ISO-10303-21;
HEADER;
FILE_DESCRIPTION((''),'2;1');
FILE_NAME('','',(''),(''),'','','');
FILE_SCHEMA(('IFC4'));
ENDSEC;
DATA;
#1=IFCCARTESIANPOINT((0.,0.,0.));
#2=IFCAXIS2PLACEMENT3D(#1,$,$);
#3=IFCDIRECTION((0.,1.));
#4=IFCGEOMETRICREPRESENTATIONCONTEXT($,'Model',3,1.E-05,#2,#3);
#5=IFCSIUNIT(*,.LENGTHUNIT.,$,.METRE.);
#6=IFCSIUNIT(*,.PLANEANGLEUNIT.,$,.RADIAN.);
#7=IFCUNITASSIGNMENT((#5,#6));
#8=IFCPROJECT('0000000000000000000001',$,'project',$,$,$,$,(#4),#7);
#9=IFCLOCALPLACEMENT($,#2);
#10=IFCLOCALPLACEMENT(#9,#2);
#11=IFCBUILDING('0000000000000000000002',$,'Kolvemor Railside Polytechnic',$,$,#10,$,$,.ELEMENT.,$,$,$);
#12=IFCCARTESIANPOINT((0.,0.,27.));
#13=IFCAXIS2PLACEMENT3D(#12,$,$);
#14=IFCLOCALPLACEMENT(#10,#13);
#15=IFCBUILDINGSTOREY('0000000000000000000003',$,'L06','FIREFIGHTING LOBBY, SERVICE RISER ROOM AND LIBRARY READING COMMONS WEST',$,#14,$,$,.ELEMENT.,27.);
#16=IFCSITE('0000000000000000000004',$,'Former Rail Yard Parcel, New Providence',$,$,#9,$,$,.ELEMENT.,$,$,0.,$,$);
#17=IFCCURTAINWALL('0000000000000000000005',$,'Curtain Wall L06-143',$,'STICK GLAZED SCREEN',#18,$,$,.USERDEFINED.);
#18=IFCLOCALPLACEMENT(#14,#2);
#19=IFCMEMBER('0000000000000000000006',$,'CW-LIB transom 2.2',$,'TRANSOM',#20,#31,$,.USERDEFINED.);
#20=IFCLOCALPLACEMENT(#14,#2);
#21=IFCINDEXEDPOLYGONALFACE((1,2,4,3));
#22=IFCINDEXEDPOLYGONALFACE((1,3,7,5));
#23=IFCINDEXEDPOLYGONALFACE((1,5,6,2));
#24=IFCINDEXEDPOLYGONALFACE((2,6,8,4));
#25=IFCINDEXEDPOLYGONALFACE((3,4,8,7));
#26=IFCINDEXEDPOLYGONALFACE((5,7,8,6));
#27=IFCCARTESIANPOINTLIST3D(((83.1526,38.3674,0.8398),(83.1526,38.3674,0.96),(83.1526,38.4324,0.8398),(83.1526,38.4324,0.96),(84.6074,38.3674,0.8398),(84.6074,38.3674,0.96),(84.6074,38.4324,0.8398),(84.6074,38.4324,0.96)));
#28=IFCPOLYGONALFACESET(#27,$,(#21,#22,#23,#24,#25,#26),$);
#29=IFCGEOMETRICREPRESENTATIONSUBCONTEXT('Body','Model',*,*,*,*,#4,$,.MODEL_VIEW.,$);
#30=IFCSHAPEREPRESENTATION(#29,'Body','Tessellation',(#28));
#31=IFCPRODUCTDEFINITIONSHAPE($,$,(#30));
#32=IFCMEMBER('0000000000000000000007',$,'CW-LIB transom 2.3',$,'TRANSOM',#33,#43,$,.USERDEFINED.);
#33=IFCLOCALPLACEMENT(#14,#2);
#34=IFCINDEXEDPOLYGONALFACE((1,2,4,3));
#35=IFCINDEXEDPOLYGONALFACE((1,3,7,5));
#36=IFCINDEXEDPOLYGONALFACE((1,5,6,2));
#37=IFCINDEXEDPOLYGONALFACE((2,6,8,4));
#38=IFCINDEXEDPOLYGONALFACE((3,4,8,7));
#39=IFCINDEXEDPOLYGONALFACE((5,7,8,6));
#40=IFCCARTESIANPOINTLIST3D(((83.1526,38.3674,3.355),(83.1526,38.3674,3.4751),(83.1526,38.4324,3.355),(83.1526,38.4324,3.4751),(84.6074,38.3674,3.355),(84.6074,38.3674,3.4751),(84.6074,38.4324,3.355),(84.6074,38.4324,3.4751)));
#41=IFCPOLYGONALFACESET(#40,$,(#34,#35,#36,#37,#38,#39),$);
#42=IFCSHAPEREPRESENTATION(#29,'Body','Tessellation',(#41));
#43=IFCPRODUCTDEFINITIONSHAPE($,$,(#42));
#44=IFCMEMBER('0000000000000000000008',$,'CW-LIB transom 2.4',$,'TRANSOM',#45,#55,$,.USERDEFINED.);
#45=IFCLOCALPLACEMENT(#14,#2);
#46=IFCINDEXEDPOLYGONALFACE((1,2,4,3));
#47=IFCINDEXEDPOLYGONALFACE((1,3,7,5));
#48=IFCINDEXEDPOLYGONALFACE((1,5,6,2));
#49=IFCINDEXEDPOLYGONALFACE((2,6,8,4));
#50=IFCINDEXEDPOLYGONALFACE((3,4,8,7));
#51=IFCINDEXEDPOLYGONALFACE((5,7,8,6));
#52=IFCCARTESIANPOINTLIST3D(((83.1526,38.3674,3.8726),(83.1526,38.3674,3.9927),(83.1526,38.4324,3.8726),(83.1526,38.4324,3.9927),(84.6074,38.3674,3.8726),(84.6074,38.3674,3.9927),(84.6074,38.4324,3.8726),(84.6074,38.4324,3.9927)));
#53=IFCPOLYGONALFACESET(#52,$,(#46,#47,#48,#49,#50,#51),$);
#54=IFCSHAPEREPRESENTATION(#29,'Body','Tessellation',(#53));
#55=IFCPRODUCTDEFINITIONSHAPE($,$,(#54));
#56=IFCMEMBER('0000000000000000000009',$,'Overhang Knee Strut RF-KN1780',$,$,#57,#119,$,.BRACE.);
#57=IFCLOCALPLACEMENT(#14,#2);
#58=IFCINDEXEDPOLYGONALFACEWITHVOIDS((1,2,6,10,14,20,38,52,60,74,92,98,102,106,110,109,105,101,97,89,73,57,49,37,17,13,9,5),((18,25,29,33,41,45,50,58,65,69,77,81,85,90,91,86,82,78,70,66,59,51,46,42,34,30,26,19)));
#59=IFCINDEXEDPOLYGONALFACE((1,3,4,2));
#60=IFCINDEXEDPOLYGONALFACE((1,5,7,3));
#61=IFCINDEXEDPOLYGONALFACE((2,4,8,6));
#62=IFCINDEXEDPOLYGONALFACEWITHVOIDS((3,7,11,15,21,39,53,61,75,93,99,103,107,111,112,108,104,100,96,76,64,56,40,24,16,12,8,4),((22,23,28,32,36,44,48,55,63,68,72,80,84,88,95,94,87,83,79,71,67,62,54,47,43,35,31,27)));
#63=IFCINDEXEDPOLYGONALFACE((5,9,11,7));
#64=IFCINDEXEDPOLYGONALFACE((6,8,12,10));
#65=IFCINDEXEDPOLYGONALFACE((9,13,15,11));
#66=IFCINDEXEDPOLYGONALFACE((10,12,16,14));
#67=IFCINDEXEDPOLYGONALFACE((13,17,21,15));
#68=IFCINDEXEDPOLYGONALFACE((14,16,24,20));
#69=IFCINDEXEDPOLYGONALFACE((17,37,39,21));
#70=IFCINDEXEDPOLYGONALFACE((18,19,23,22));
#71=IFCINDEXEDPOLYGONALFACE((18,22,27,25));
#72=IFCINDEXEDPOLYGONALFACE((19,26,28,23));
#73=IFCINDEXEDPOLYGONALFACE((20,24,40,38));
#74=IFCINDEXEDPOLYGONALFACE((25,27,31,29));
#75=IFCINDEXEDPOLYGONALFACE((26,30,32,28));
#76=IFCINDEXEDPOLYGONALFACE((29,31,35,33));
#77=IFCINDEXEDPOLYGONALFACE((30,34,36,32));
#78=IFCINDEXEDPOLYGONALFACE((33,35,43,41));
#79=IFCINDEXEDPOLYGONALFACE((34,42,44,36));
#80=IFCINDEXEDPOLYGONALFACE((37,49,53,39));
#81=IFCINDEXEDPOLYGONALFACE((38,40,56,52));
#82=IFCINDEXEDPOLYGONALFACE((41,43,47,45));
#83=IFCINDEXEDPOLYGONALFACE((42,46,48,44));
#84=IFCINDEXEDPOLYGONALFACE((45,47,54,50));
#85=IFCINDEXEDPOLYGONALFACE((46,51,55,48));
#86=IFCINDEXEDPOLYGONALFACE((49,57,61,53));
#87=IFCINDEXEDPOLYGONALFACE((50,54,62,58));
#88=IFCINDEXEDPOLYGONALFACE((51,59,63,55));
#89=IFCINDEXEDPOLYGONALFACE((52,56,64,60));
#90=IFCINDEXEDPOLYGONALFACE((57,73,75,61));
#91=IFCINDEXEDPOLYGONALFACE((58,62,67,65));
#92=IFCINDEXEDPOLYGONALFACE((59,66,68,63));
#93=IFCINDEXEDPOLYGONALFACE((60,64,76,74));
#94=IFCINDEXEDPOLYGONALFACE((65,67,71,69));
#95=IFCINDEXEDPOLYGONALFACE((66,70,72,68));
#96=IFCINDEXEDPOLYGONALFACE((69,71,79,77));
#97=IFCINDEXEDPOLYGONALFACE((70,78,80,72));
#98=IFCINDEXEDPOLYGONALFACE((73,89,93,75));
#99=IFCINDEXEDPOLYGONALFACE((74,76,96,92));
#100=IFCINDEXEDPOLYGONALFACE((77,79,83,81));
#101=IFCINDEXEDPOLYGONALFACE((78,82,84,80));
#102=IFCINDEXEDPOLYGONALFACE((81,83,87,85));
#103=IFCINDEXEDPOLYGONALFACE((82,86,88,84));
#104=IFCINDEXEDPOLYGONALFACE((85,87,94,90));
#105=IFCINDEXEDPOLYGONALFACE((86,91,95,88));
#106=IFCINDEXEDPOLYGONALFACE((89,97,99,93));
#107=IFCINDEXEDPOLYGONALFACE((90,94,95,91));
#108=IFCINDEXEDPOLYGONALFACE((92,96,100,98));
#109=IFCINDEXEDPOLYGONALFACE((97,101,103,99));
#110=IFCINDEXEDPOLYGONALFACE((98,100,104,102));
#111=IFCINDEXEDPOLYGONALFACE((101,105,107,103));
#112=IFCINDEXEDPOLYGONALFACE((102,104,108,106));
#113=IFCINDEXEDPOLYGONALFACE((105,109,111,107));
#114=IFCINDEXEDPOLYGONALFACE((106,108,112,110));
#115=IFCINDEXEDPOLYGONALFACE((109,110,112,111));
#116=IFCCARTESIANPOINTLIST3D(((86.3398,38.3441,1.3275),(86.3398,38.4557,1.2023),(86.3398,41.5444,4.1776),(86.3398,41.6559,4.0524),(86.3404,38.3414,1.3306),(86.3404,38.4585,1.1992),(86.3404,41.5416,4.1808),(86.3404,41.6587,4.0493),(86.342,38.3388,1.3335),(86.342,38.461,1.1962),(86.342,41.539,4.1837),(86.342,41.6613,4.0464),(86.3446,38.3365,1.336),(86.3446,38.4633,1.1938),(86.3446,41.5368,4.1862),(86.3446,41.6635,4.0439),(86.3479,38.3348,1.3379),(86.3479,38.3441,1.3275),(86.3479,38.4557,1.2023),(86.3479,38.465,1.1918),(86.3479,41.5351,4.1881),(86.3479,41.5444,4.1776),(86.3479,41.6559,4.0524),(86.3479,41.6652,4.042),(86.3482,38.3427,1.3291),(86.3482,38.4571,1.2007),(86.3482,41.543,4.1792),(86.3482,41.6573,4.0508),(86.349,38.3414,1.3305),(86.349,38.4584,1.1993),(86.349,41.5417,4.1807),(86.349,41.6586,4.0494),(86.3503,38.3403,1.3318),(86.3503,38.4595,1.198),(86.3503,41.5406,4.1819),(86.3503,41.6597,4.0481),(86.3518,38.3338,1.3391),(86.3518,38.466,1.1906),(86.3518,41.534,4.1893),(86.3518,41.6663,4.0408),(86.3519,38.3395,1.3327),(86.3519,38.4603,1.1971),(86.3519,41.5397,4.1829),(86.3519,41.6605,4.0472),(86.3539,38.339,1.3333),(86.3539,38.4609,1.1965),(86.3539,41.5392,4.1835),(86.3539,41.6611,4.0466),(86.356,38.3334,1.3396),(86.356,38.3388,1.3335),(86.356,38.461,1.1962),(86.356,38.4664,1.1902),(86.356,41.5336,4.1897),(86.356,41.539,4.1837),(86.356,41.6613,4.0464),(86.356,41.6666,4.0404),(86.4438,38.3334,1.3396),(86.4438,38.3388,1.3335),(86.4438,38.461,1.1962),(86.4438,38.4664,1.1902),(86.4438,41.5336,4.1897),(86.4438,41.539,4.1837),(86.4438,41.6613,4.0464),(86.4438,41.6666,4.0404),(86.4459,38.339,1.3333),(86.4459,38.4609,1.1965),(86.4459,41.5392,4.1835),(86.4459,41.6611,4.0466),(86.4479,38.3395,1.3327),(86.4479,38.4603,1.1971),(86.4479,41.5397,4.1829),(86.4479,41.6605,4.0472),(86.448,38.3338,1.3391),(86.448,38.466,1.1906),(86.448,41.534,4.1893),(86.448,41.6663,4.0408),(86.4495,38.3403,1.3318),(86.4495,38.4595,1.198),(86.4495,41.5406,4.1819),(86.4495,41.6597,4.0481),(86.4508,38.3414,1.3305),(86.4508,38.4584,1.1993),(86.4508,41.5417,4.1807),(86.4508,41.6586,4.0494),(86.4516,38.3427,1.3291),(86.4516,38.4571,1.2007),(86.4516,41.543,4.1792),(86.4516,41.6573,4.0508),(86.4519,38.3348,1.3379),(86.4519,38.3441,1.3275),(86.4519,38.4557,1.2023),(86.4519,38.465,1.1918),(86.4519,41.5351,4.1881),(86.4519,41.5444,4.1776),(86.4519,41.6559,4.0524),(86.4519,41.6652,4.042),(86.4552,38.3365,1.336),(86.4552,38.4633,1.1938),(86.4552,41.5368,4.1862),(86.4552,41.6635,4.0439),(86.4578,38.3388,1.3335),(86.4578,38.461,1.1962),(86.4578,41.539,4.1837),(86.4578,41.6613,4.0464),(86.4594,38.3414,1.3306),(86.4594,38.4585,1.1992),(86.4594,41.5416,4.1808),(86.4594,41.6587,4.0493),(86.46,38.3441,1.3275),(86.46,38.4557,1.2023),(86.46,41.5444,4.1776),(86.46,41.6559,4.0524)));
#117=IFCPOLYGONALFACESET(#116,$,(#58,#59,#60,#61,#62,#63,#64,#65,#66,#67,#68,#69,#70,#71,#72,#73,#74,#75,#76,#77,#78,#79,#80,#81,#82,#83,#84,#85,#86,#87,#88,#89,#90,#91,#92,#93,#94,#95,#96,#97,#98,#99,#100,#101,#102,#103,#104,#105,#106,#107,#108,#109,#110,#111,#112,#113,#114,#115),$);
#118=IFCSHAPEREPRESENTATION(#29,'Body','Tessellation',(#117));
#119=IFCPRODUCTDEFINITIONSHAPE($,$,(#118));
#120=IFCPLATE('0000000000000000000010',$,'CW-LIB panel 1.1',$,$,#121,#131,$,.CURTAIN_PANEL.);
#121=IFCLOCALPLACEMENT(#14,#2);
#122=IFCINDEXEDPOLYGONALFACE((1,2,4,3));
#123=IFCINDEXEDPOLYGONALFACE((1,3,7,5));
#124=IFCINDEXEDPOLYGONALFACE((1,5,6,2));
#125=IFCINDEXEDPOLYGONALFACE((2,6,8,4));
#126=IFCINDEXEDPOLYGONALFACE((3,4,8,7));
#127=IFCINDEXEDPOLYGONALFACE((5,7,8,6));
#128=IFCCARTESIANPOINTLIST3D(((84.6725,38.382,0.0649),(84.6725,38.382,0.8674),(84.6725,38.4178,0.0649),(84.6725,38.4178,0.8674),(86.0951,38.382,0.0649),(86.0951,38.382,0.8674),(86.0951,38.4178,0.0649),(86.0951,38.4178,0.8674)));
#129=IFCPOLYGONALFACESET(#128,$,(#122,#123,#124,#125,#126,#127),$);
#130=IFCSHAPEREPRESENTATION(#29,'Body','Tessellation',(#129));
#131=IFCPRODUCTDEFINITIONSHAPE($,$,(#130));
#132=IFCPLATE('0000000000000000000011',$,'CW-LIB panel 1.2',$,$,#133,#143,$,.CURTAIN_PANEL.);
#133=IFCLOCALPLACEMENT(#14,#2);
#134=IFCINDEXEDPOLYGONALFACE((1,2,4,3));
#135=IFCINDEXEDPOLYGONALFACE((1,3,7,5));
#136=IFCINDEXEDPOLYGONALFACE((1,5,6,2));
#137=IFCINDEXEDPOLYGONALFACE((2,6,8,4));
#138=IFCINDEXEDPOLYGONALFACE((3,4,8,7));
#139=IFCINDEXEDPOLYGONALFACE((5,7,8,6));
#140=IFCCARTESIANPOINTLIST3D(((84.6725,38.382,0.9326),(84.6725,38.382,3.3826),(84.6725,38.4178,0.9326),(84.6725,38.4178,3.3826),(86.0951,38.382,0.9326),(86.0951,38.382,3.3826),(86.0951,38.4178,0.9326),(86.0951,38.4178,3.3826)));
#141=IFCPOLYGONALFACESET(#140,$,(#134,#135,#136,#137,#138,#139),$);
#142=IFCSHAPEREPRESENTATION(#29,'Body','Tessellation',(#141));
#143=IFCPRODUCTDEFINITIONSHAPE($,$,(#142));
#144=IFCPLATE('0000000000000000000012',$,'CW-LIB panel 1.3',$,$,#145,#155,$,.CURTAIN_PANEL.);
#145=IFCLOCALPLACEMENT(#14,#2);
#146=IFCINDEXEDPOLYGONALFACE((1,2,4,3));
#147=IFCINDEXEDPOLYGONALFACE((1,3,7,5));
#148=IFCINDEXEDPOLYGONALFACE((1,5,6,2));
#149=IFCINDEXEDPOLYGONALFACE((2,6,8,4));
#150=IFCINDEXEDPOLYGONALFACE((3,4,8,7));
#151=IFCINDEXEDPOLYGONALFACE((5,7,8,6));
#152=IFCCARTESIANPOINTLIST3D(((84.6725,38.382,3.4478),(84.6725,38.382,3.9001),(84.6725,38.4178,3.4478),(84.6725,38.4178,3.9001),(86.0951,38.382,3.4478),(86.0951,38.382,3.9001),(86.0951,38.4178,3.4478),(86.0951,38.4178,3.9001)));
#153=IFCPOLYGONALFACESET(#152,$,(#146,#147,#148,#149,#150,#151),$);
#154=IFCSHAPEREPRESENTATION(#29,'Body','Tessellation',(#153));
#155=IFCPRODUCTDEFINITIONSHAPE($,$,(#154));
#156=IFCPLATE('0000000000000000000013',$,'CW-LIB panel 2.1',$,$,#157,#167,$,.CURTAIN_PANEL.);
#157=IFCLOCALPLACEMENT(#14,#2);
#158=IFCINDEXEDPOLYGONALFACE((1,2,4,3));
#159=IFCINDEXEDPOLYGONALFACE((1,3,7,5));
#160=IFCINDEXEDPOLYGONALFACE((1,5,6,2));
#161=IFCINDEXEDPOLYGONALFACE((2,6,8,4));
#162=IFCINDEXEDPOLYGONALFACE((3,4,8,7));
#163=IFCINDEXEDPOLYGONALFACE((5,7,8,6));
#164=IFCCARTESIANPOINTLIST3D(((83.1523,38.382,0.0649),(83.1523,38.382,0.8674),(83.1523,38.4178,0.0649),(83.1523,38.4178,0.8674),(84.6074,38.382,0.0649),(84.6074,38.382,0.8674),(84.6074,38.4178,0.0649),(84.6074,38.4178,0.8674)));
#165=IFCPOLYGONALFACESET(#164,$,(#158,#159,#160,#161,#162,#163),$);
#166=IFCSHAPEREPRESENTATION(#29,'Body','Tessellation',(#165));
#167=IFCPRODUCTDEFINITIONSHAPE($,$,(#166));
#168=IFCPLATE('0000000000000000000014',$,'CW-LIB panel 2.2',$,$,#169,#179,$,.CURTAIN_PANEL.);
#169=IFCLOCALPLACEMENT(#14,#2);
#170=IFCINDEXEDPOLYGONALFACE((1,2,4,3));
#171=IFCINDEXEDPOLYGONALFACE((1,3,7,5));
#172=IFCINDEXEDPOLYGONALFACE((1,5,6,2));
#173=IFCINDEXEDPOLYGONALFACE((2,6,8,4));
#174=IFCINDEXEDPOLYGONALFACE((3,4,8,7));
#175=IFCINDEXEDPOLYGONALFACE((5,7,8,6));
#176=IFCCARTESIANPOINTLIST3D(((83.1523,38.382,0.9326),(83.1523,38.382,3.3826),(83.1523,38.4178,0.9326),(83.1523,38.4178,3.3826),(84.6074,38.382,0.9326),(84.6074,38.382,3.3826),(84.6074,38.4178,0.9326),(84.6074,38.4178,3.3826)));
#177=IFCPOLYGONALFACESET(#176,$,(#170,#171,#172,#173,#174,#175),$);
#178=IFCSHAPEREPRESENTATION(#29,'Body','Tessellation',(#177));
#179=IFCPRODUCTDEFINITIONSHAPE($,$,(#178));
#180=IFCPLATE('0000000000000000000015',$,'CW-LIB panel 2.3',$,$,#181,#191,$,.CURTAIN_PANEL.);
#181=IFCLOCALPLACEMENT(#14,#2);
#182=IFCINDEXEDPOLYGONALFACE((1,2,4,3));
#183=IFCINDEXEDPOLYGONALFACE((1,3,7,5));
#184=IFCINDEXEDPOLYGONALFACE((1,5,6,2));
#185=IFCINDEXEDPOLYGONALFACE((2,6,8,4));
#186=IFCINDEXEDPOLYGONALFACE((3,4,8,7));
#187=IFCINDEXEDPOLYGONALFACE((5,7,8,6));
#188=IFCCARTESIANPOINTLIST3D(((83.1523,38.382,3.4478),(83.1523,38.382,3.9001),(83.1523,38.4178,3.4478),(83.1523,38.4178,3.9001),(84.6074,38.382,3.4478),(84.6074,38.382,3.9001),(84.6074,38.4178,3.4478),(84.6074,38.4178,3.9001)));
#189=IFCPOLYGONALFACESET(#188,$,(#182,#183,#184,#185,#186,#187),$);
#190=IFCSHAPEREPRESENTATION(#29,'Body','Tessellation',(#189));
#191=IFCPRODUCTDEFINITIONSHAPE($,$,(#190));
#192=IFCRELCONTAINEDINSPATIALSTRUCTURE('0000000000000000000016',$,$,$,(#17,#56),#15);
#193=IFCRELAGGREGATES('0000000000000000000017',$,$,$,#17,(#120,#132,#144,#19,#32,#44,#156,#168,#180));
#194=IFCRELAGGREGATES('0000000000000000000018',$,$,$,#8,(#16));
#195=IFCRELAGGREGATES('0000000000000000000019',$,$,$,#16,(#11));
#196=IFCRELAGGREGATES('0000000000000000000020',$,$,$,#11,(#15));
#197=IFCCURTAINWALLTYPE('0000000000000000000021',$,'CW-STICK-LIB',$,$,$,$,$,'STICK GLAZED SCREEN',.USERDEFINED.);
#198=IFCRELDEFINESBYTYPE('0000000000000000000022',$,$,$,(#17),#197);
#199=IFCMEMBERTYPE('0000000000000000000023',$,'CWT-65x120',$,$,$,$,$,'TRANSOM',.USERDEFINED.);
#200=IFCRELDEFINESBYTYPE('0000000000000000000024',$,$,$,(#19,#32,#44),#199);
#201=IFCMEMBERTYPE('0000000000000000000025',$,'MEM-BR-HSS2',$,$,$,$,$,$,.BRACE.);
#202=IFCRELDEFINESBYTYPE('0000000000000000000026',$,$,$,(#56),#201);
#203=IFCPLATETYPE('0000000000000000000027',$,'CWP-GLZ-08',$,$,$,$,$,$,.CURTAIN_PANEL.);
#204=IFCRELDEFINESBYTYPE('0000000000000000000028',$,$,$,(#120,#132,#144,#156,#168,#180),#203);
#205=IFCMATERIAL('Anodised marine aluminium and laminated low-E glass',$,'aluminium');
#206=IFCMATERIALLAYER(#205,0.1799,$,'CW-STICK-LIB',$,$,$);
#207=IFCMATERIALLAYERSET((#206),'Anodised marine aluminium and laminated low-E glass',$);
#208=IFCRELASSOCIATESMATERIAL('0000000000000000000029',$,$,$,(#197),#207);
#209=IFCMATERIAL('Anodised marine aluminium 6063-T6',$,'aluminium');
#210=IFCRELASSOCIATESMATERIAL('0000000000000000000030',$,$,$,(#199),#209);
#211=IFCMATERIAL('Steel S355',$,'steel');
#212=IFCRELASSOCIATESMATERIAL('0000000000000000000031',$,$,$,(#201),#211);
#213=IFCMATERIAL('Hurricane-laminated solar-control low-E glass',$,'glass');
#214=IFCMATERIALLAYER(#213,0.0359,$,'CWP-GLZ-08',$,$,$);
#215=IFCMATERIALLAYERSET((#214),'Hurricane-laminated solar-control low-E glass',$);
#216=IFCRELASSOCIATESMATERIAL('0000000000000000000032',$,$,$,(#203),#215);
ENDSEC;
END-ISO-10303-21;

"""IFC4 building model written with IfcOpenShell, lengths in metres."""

from ifc_helpers import new_model, si_unit, direction, frame, origin, origin_2d, place, context, subcontext, project, spatial, rectangle, hollow_rectangle, extrude, material, layer, layer_set, material_profile, profile_set, type_object, element, aggregate, save


model = new_model("IFC4")

# Units and contexts
model_context = context("Model", 3, precision=1e-05, world=origin(), true_north=direction((0.0, 1.0)))
body_context = subcontext(model_context, "Body", "Model", "MODEL_VIEW")
ifc_project = project(units=[si_unit("LENGTHUNIT", "METRE"), si_unit("PLANEANGLEUNIT", "RADIAN")], contexts=[model_context])

# Site, building, storey
site_placement = place(None, origin())
site = spatial("IfcSite", under=ifc_project, at=site_placement, Name="Former Rail Yard Parcel, New Providence", CompositionType="ELEMENT", RefElevation=0.0)
building_placement = place(site_placement, origin())
building = spatial("IfcBuilding", under=site, at=building_placement, Name="Kolvemor Railside Polytechnic", CompositionType="ELEMENT")
storey_placement = place(building_placement, frame((0.0, 0.0, 27.0)))
storey = spatial("IfcBuildingStorey", under=building, at=storey_placement, Name="L06", Description="FIREFIGHTING LOBBY, SERVICE RISER ROOM AND LIBRARY READING COMMONS WEST", CompositionType="ELEMENT", Elevation=27.0)

# Curtain wall
ifc_material_1 = material(Name="Anodised marine aluminium and laminated low-E glass", Category="aluminium")
ifc_layer_1 = layer(ifc_material_1, 0.1799, Name="CW-STICK-LIB")
ifc_layer_set_1 = layer_set([ifc_layer_1], Name="Anodised marine aluminium and laminated low-E glass")
curtain_wall_type = type_object("IfcCurtainWallType", Name="CW-STICK-LIB", ElementType="STICK GLAZED SCREEN", PredefinedType="USERDEFINED", material=ifc_layer_set_1)
curtain_wall_1_placement = place(storey_placement, origin())
curtain_wall_1 = element("IfcCurtainWall", 1, at=curtain_wall_1_placement, inside=storey, type_object=curtain_wall_type, Name="Curtain Wall L06-143", ObjectType="STICK GLAZED SCREEN", PredefinedType="USERDEFINED")

# Members
ifc_material_2 = material(Name="Anodised marine aluminium 6063-T6", Category="aluminium")
ifc_material_profile_1 = material_profile(ifc_material_2, rectangle(XDim=0.0649, YDim=0.1201, at=origin_2d()), Name="CW-TRN-65x120")
ifc_profile_set_1 = profile_set([ifc_material_profile_1], Name="Anodised marine aluminium 6063-T6")
member_type_1 = type_object("IfcMemberType", Name="CWT-65x120", ElementType="TRANSOM", PredefinedType="USERDEFINED", material=ifc_profile_set_1)
member_1_placement = place(storey_placement, frame((84.6074, 38.3999, 0.8999), z_axis=(-1.0, 0.0, 0.0), x_axis=(0.0, -1.0, 0.0)))
member_1 = element("IfcMember", 2, at=member_1_placement, type_object=member_type_1, Name="CW-LIB transom 2.2", ObjectType="TRANSOM", PredefinedType="USERDEFINED", context=body_context, shape_type="SweptSolid", body=[
    extrude(rectangle(XDim=0.0649, YDim=0.1201, at=origin_2d()), origin(), (0.0, 0.0, 1.0), 1.4548),
])
member_2_placement = place(storey_placement, frame((84.6074, 38.3999, 3.415), z_axis=(-1.0, 0.0, 0.0), x_axis=(0.0, -1.0, 0.0)))
member_2 = element("IfcMember", 3, at=member_2_placement, type_object=member_type_1, Name="CW-LIB transom 2.3", ObjectType="TRANSOM", PredefinedType="USERDEFINED", context=body_context, shape_type="SweptSolid", body=[
    extrude(rectangle(XDim=0.0649, YDim=0.1201, at=origin_2d()), origin(), (0.0, 0.0, 1.0), 1.4548),
])
member_3_placement = place(storey_placement, frame((84.6074, 38.3999, 3.9326), z_axis=(-1.0, 0.0, 0.0), x_axis=(0.0, -1.0, 0.0)))
member_3 = element("IfcMember", 4, at=member_3_placement, type_object=member_type_1, Name="CW-LIB transom 2.4", ObjectType="TRANSOM", PredefinedType="USERDEFINED", context=body_context, shape_type="SweptSolid", body=[
    extrude(rectangle(XDim=0.0649, YDim=0.1201, at=origin_2d()), origin(), (0.0, 0.0, 1.0), 1.4548),
])
ifc_material_3 = material(Name="Steel S355", Category="steel")
ifc_material_profile_2 = material_profile(ifc_material_3, hollow_rectangle(XDim=0.1201, YDim=0.2, WallThickness=0.0081, InnerFilletRadius=0.0081, OuterFilletRadius=0.0161, at=origin_2d()), Name="HSS200x120x8")
ifc_profile_set_2 = profile_set([ifc_material_profile_2], Name="Steel S355")
member_type_2 = type_object("IfcMemberType", Name="MEM-BR-HSS2", PredefinedType="BRACE", material=ifc_profile_set_2)
member_4_placement = place(storey_placement, frame((86.3999, 38.3999, 1.2649), z_axis=(0.0, 0.746774, 0.665078), x_axis=(-1.0, 0.0, 0.0)))
element("IfcMember", 5, at=member_4_placement, inside=storey, type_object=member_type_2, Name="Overhang Knee Strut RF-KN1780", PredefinedType="BRACE", context=body_context, shape_type="SweptSolid", body=[
    extrude(hollow_rectangle(XDim=0.1201, YDim=0.2, WallThickness=0.0081, InnerFilletRadius=0.0081, OuterFilletRadius=0.0161, at=origin_2d()), origin(), (0.0, 0.0, 1.0), 4.2854),
])

# Plates
ifc_material_4 = material(Name="Hurricane-laminated solar-control low-E glass", Category="glass")
ifc_layer_2 = layer(ifc_material_4, 0.0359, Name="CWP-GLZ-08")
ifc_layer_set_2 = layer_set([ifc_layer_2], Name="Hurricane-laminated solar-control low-E glass")
plate_type_1 = type_object("IfcPlateType", Name="CWP-GLZ-08", PredefinedType="CURTAIN_PANEL", material=ifc_layer_set_2)
plate_1_placement = place(storey_placement, frame((85.3838, 38.3999, 0.0649), z_axis=(0.0, 0.0, 1.0), x_axis=(-1.0, 0.0, 0.0)))
plate_1 = element("IfcPlate", 6, at=plate_1_placement, type_object=plate_type_1, Name="CW-LIB panel 1.1", PredefinedType="CURTAIN_PANEL", context=body_context, shape_type="SweptSolid", body=[
    extrude(rectangle(XDim=1.4226, YDim=0.0359, at=origin_2d()), origin(), (0.0, 0.0, 1.0), 0.8025),
])
plate_2_placement = place(storey_placement, frame((85.3838, 38.3999, 0.9326), z_axis=(0.0, 0.0, 1.0), x_axis=(-1.0, 0.0, 0.0)))
plate_2 = element("IfcPlate", 7, at=plate_2_placement, type_object=plate_type_1, Name="CW-LIB panel 1.2", PredefinedType="CURTAIN_PANEL", context=body_context, shape_type="SweptSolid", body=[
    extrude(rectangle(XDim=1.4226, YDim=0.0359, at=origin_2d()), origin(), (0.0, 0.0, 1.0), 2.45),
])
plate_3_placement = place(storey_placement, frame((85.3838, 38.3999, 3.4478), z_axis=(0.0, 0.0, 1.0), x_axis=(-1.0, 0.0, 0.0)))
plate_3 = element("IfcPlate", 8, at=plate_3_placement, type_object=plate_type_1, Name="CW-LIB panel 1.3", PredefinedType="CURTAIN_PANEL", context=body_context, shape_type="SweptSolid", body=[
    extrude(rectangle(XDim=1.4226, YDim=0.0359, at=origin_2d()), origin(), (0.0, 0.0, 1.0), 0.4524),
])
plate_4_placement = place(storey_placement, frame((83.8799, 38.3999, 0.0649), z_axis=(0.0, 0.0, 1.0), x_axis=(-1.0, 0.0, 0.0)))
plate_4 = element("IfcPlate", 9, at=plate_4_placement, type_object=plate_type_1, Name="CW-LIB panel 2.1", PredefinedType="CURTAIN_PANEL", context=body_context, shape_type="SweptSolid", body=[
    extrude(rectangle(XDim=1.4551, YDim=0.0359, at=origin_2d()), origin(), (0.0, 0.0, 1.0), 0.8025),
])
plate_5_placement = place(storey_placement, frame((83.8799, 38.3999, 0.9326), z_axis=(0.0, 0.0, 1.0), x_axis=(-1.0, 0.0, 0.0)))
plate_5 = element("IfcPlate", 10, at=plate_5_placement, type_object=plate_type_1, Name="CW-LIB panel 2.2", PredefinedType="CURTAIN_PANEL", context=body_context, shape_type="SweptSolid", body=[
    extrude(rectangle(XDim=1.4551, YDim=0.0359, at=origin_2d()), origin(), (0.0, 0.0, 1.0), 2.45),
])
plate_6_placement = place(storey_placement, frame((83.8799, 38.3999, 3.4478), z_axis=(0.0, 0.0, 1.0), x_axis=(-1.0, 0.0, 0.0)))
plate_6 = element("IfcPlate", 11, at=plate_6_placement, type_object=plate_type_1, Name="CW-LIB panel 2.3", PredefinedType="CURTAIN_PANEL", context=body_context, shape_type="SweptSolid", body=[
    extrude(rectangle(XDim=1.4551, YDim=0.0359, at=origin_2d()), origin(), (0.0, 0.0, 1.0), 0.4524),
])
aggregate(curtain_wall_1, [plate_1, plate_2, plate_3, member_1, member_2, member_3, plate_4, plate_5, plate_6])

save(model, "model.ifc")
